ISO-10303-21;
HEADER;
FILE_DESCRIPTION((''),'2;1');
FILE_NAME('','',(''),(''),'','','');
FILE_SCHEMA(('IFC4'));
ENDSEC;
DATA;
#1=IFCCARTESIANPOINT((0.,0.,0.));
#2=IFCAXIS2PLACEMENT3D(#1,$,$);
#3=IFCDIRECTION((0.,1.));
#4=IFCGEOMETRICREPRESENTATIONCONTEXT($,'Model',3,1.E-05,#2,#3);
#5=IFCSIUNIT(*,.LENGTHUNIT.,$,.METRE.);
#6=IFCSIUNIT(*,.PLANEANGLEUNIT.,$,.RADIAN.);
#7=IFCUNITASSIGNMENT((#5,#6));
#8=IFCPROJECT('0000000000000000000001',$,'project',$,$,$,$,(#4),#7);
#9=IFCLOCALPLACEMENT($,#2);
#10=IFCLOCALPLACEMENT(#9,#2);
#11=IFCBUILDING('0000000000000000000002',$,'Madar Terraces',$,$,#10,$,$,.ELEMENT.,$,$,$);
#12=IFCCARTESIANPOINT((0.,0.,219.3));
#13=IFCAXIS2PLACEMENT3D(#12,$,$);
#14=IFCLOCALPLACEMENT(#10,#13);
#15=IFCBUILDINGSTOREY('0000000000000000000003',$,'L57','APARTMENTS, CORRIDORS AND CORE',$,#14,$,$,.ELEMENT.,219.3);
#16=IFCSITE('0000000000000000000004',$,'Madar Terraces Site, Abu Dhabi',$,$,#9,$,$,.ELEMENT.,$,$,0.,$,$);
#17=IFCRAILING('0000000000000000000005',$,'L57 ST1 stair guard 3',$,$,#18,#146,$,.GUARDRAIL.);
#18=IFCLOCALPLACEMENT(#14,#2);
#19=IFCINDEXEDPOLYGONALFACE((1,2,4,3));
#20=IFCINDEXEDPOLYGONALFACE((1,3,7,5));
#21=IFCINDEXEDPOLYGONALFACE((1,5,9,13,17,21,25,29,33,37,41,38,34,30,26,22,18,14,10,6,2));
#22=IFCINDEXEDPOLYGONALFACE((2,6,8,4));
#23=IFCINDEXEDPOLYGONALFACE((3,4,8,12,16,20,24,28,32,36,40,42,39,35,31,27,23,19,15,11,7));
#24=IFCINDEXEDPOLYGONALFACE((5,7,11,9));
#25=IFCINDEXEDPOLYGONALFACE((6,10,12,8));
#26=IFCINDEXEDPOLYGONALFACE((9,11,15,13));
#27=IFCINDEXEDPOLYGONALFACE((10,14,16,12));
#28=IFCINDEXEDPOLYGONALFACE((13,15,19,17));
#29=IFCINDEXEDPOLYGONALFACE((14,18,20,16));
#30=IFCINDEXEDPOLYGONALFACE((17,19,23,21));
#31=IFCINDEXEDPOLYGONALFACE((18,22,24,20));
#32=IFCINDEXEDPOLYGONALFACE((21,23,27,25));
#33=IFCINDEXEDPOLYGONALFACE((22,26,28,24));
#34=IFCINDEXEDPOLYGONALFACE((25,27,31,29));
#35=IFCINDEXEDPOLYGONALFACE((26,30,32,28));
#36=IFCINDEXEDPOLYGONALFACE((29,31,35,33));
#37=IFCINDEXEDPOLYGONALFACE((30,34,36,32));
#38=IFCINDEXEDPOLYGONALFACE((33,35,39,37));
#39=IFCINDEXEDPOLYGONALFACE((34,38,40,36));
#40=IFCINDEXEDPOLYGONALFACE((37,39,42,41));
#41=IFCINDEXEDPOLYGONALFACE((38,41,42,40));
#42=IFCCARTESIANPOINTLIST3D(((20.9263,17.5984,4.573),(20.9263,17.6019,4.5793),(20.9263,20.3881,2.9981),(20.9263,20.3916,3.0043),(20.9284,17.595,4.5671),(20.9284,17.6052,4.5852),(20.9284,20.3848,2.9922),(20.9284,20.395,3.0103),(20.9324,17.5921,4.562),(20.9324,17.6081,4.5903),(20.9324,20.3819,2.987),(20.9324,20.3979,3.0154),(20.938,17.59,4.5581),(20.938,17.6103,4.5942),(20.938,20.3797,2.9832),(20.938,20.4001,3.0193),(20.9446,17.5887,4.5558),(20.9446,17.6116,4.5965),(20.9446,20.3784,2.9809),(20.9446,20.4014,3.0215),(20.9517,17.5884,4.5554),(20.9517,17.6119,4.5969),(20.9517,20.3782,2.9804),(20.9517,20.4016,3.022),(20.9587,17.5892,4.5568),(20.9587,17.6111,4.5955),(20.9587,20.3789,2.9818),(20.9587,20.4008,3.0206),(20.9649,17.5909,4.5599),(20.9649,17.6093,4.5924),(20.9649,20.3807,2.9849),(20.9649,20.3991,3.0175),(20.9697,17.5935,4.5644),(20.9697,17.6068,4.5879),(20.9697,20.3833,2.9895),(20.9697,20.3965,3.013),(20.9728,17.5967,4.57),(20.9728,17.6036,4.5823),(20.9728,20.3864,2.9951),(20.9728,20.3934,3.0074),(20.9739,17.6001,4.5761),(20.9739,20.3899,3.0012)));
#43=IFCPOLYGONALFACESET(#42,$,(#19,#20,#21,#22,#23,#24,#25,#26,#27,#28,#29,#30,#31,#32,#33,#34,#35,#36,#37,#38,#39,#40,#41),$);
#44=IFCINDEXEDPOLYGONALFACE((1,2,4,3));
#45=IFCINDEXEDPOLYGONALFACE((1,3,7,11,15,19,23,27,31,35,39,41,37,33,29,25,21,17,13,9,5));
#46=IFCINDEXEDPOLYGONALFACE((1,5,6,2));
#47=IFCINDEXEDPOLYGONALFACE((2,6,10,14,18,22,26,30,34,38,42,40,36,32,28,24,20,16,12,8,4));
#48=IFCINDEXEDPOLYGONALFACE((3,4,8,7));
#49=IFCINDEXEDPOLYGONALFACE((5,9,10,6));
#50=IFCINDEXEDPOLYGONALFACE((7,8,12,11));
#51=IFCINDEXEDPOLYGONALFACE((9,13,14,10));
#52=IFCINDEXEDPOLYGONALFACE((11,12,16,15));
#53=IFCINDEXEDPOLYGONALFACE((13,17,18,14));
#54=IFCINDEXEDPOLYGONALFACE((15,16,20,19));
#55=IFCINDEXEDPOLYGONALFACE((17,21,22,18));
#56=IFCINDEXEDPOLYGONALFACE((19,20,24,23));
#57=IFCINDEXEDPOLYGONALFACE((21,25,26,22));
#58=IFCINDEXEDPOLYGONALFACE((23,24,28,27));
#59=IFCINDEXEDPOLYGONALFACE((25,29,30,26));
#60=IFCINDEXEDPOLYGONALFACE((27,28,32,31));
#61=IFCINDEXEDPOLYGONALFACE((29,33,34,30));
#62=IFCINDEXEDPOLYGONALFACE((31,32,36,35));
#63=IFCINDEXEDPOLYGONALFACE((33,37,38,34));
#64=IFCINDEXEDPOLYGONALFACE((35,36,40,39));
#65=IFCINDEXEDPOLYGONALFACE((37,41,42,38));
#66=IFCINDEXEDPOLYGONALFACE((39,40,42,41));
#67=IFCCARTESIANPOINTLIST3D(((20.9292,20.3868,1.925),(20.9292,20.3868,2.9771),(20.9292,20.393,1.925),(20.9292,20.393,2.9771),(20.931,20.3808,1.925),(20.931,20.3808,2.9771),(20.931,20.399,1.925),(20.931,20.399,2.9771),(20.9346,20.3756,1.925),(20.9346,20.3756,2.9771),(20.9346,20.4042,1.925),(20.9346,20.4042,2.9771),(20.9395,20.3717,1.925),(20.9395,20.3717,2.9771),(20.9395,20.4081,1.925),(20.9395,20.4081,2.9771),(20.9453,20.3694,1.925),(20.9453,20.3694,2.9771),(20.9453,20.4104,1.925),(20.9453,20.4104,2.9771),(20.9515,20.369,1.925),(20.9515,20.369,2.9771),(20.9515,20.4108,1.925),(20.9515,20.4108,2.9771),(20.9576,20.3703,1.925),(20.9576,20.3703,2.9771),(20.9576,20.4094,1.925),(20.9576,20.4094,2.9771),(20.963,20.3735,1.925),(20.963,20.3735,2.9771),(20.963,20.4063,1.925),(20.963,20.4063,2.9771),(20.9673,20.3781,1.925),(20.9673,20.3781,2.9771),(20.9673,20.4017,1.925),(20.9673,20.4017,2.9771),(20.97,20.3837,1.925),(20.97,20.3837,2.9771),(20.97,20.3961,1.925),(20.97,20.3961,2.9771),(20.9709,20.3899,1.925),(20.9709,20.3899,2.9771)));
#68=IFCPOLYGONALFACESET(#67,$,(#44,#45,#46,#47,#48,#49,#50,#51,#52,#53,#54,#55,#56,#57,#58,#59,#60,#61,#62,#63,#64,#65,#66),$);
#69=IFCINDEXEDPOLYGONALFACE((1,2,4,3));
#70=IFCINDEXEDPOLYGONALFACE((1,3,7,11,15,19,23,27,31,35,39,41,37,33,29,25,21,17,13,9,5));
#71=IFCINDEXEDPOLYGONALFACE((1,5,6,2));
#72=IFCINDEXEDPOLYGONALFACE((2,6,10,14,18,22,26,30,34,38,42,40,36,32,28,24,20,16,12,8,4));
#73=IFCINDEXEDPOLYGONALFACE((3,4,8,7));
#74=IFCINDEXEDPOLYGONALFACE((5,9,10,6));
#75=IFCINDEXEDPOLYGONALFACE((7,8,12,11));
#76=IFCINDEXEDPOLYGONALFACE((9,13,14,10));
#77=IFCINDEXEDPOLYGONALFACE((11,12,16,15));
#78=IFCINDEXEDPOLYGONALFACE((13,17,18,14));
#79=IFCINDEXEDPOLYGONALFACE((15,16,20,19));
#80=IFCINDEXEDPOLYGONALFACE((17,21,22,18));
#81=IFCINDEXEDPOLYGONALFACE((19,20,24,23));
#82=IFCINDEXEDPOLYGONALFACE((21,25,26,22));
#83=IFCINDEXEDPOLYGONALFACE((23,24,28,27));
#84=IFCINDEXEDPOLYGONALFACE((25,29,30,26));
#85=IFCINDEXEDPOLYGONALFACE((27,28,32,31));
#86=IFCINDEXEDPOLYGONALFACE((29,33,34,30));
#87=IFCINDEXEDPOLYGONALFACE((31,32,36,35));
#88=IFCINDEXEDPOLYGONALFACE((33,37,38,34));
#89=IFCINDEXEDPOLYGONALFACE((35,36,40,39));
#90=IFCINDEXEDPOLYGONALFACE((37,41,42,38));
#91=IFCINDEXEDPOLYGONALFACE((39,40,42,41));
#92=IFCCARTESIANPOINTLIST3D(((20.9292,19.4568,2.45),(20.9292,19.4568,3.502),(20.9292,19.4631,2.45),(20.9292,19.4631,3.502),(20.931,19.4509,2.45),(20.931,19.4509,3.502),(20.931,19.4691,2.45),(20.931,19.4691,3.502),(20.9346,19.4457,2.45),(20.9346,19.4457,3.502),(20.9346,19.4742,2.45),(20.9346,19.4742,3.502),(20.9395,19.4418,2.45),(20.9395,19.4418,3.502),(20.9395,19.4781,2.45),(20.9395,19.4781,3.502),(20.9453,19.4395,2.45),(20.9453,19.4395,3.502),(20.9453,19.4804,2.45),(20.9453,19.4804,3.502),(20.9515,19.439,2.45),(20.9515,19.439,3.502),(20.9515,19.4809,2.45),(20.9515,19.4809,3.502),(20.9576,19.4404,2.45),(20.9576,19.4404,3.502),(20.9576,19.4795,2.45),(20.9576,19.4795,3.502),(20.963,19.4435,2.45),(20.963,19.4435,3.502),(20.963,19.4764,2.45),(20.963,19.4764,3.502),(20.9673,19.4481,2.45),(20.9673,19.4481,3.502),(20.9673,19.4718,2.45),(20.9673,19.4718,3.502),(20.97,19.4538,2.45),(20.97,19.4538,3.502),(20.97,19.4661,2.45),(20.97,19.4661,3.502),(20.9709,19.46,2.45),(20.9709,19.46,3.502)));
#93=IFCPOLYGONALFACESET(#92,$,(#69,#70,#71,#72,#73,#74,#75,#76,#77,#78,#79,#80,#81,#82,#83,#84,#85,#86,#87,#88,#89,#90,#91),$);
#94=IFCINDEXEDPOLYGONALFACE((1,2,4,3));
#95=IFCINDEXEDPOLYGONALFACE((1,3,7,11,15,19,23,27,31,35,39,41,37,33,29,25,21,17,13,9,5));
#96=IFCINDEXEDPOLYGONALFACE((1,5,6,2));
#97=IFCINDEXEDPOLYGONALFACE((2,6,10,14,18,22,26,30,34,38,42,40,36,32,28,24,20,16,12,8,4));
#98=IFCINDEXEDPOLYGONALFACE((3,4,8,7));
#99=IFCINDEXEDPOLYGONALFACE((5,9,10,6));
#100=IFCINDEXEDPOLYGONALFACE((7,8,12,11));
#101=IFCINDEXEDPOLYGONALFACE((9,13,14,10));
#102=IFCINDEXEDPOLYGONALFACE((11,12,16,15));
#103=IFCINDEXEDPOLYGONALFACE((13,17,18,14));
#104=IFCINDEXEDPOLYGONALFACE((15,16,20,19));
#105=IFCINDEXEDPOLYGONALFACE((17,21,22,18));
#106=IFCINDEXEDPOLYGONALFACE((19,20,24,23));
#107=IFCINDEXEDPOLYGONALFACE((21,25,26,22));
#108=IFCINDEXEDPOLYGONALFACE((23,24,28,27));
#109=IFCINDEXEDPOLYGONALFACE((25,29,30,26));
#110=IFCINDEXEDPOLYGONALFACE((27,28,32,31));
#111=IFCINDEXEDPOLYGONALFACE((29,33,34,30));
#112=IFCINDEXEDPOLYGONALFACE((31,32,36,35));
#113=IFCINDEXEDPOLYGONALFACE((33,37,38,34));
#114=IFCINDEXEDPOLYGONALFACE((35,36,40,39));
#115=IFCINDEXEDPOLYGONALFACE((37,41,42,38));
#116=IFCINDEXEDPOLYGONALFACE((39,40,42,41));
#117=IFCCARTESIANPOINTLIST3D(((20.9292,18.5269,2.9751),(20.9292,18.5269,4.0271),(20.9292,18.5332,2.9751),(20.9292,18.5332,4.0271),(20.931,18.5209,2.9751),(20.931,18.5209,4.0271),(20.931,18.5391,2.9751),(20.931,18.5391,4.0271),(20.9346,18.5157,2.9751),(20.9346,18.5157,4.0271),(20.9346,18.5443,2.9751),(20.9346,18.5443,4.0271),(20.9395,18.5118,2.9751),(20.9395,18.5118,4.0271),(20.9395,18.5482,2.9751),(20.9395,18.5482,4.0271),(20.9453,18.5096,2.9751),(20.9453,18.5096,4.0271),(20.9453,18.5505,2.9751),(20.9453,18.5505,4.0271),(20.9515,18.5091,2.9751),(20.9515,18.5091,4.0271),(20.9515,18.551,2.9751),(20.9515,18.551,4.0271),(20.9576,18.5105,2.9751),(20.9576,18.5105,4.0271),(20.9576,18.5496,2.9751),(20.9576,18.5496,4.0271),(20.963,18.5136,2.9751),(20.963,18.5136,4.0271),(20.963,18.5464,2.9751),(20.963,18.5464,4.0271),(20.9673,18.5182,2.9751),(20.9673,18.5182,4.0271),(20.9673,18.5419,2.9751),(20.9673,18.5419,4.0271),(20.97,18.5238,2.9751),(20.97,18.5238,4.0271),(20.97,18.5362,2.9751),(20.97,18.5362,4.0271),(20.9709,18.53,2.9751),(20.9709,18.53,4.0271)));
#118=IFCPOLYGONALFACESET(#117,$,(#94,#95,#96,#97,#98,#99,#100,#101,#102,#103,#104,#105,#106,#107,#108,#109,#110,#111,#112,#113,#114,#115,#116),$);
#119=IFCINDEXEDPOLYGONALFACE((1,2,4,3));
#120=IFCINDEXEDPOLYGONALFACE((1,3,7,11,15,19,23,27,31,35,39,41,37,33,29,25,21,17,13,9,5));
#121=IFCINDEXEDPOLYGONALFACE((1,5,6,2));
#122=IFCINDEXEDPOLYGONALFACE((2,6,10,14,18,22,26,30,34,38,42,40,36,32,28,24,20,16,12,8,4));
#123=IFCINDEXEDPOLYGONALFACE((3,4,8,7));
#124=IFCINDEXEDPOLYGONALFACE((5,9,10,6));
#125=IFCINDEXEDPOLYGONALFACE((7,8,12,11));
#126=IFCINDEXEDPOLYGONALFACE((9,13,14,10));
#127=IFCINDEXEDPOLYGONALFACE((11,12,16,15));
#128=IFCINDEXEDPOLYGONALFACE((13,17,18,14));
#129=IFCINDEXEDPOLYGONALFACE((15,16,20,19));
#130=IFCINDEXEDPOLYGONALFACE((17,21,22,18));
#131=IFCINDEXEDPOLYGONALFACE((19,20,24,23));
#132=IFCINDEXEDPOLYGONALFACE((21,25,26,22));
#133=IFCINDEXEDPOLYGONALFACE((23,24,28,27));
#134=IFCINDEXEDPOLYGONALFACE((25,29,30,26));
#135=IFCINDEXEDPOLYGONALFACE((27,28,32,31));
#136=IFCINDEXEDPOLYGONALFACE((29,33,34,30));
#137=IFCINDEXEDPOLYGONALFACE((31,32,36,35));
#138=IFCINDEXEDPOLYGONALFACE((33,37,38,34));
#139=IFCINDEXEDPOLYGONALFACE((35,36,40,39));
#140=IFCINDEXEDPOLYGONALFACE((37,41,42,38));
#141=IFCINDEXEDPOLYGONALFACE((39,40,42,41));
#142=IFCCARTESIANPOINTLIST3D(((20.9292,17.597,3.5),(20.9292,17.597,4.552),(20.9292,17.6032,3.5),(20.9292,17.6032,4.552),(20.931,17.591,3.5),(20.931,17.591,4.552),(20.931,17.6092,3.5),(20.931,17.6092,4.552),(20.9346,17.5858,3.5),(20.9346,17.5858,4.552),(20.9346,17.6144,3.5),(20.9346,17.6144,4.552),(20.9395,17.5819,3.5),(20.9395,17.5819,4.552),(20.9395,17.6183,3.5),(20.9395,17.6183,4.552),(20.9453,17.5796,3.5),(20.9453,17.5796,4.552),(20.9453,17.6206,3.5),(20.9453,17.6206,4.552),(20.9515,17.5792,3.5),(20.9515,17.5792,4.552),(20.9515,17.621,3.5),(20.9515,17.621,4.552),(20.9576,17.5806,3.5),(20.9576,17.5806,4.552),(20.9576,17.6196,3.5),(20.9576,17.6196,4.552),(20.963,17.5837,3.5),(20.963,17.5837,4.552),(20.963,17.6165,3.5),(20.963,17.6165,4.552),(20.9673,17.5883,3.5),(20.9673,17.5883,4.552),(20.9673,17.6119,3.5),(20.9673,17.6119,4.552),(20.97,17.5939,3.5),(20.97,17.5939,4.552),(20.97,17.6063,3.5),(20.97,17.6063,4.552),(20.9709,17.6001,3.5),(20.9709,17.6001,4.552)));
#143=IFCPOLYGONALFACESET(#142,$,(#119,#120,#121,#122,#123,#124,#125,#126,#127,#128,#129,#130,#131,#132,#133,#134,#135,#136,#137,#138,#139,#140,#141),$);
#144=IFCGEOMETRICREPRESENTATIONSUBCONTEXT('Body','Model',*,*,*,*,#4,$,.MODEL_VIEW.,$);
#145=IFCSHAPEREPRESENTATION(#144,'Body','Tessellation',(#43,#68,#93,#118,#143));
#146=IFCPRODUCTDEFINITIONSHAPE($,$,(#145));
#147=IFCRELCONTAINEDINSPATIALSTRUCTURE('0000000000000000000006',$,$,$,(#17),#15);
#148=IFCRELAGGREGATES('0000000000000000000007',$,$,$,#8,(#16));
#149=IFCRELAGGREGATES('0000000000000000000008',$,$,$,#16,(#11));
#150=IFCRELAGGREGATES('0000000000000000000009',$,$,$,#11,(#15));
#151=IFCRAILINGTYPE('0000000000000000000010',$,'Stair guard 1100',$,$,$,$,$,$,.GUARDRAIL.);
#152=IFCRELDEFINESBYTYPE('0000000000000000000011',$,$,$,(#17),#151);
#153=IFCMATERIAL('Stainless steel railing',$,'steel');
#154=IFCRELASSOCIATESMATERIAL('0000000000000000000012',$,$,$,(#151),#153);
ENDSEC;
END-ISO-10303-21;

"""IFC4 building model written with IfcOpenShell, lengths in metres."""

from ifc_helpers import new_model, si_unit, direction, frame, origin, origin_2d, place, context, subcontext, project, spatial, circle, extrude, material, type_object, element, save


model = new_model("IFC4")

# Units and contexts
model_context = context("Model", 3, precision=1e-05, world=origin(), true_north=direction((0.0, 1.0)))
body_context = subcontext(model_context, "Body", "Model", "MODEL_VIEW")
ifc_project = project(units=[si_unit("LENGTHUNIT", "METRE"), si_unit("PLANEANGLEUNIT", "RADIAN")], contexts=[model_context])

# Site, building, storey
site_placement = place(None, origin())
site = spatial("IfcSite", under=ifc_project, at=site_placement, Name="Madar Terraces Site, Abu Dhabi", CompositionType="ELEMENT", RefElevation=0.0)
building_placement = place(site_placement, origin())
building = spatial("IfcBuilding", under=site, at=building_placement, Name="Madar Terraces", CompositionType="ELEMENT")
storey_placement = place(building_placement, frame((0.0, 0.0, 219.3)))
storey = spatial("IfcBuildingStorey", under=building, at=storey_placement, Name="L57", Description="APARTMENTS, CORRIDORS AND CORE", CompositionType="ELEMENT", Elevation=219.3)

# Railing
ifc_material_1 = material(Name="Stainless steel railing", Category="steel")
railing_type_1 = type_object("IfcRailingType", Name="Stair guard 1100", PredefinedType="GUARDRAIL", material=ifc_material_1)
railing_1_placement = place(storey_placement, frame((20.95, 20.3899, 1.925)))
element("IfcRailing", 1, at=railing_1_placement, inside=storey, type_object=railing_type_1, Name="L57 ST1 stair guard 3", PredefinedType="GUARDRAIL", context=body_context, shape_type="SweptSolid", body=[
    extrude(circle(Radius=0.0239, at=origin_2d()), frame((0.0, 0.0, 1.0762), z_axis=(0.0, -0.870815, 0.49161), x_axis=(1.0, 0.0, 0.0)), (0.0, 0.0, 1.0), 3.2036),
    extrude(circle(Radius=0.021, at=origin_2d()), origin(), (0.0, 0.0, 1.0), 1.052),
    extrude(circle(Radius=0.021, at=origin_2d()), frame((0.0, -0.9299, 0.5249)), (0.0, 0.0, 1.0), 1.052),
    extrude(circle(Radius=0.021, at=origin_2d()), frame((0.0, -1.8599, 1.05)), (0.0, 0.0, 1.0), 1.052),
    extrude(circle(Radius=0.021, at=origin_2d()), frame((0.0, -2.7898, 1.575)), (0.0, 0.0, 1.0), 1.052),
])

save(model, "model.ifc")
